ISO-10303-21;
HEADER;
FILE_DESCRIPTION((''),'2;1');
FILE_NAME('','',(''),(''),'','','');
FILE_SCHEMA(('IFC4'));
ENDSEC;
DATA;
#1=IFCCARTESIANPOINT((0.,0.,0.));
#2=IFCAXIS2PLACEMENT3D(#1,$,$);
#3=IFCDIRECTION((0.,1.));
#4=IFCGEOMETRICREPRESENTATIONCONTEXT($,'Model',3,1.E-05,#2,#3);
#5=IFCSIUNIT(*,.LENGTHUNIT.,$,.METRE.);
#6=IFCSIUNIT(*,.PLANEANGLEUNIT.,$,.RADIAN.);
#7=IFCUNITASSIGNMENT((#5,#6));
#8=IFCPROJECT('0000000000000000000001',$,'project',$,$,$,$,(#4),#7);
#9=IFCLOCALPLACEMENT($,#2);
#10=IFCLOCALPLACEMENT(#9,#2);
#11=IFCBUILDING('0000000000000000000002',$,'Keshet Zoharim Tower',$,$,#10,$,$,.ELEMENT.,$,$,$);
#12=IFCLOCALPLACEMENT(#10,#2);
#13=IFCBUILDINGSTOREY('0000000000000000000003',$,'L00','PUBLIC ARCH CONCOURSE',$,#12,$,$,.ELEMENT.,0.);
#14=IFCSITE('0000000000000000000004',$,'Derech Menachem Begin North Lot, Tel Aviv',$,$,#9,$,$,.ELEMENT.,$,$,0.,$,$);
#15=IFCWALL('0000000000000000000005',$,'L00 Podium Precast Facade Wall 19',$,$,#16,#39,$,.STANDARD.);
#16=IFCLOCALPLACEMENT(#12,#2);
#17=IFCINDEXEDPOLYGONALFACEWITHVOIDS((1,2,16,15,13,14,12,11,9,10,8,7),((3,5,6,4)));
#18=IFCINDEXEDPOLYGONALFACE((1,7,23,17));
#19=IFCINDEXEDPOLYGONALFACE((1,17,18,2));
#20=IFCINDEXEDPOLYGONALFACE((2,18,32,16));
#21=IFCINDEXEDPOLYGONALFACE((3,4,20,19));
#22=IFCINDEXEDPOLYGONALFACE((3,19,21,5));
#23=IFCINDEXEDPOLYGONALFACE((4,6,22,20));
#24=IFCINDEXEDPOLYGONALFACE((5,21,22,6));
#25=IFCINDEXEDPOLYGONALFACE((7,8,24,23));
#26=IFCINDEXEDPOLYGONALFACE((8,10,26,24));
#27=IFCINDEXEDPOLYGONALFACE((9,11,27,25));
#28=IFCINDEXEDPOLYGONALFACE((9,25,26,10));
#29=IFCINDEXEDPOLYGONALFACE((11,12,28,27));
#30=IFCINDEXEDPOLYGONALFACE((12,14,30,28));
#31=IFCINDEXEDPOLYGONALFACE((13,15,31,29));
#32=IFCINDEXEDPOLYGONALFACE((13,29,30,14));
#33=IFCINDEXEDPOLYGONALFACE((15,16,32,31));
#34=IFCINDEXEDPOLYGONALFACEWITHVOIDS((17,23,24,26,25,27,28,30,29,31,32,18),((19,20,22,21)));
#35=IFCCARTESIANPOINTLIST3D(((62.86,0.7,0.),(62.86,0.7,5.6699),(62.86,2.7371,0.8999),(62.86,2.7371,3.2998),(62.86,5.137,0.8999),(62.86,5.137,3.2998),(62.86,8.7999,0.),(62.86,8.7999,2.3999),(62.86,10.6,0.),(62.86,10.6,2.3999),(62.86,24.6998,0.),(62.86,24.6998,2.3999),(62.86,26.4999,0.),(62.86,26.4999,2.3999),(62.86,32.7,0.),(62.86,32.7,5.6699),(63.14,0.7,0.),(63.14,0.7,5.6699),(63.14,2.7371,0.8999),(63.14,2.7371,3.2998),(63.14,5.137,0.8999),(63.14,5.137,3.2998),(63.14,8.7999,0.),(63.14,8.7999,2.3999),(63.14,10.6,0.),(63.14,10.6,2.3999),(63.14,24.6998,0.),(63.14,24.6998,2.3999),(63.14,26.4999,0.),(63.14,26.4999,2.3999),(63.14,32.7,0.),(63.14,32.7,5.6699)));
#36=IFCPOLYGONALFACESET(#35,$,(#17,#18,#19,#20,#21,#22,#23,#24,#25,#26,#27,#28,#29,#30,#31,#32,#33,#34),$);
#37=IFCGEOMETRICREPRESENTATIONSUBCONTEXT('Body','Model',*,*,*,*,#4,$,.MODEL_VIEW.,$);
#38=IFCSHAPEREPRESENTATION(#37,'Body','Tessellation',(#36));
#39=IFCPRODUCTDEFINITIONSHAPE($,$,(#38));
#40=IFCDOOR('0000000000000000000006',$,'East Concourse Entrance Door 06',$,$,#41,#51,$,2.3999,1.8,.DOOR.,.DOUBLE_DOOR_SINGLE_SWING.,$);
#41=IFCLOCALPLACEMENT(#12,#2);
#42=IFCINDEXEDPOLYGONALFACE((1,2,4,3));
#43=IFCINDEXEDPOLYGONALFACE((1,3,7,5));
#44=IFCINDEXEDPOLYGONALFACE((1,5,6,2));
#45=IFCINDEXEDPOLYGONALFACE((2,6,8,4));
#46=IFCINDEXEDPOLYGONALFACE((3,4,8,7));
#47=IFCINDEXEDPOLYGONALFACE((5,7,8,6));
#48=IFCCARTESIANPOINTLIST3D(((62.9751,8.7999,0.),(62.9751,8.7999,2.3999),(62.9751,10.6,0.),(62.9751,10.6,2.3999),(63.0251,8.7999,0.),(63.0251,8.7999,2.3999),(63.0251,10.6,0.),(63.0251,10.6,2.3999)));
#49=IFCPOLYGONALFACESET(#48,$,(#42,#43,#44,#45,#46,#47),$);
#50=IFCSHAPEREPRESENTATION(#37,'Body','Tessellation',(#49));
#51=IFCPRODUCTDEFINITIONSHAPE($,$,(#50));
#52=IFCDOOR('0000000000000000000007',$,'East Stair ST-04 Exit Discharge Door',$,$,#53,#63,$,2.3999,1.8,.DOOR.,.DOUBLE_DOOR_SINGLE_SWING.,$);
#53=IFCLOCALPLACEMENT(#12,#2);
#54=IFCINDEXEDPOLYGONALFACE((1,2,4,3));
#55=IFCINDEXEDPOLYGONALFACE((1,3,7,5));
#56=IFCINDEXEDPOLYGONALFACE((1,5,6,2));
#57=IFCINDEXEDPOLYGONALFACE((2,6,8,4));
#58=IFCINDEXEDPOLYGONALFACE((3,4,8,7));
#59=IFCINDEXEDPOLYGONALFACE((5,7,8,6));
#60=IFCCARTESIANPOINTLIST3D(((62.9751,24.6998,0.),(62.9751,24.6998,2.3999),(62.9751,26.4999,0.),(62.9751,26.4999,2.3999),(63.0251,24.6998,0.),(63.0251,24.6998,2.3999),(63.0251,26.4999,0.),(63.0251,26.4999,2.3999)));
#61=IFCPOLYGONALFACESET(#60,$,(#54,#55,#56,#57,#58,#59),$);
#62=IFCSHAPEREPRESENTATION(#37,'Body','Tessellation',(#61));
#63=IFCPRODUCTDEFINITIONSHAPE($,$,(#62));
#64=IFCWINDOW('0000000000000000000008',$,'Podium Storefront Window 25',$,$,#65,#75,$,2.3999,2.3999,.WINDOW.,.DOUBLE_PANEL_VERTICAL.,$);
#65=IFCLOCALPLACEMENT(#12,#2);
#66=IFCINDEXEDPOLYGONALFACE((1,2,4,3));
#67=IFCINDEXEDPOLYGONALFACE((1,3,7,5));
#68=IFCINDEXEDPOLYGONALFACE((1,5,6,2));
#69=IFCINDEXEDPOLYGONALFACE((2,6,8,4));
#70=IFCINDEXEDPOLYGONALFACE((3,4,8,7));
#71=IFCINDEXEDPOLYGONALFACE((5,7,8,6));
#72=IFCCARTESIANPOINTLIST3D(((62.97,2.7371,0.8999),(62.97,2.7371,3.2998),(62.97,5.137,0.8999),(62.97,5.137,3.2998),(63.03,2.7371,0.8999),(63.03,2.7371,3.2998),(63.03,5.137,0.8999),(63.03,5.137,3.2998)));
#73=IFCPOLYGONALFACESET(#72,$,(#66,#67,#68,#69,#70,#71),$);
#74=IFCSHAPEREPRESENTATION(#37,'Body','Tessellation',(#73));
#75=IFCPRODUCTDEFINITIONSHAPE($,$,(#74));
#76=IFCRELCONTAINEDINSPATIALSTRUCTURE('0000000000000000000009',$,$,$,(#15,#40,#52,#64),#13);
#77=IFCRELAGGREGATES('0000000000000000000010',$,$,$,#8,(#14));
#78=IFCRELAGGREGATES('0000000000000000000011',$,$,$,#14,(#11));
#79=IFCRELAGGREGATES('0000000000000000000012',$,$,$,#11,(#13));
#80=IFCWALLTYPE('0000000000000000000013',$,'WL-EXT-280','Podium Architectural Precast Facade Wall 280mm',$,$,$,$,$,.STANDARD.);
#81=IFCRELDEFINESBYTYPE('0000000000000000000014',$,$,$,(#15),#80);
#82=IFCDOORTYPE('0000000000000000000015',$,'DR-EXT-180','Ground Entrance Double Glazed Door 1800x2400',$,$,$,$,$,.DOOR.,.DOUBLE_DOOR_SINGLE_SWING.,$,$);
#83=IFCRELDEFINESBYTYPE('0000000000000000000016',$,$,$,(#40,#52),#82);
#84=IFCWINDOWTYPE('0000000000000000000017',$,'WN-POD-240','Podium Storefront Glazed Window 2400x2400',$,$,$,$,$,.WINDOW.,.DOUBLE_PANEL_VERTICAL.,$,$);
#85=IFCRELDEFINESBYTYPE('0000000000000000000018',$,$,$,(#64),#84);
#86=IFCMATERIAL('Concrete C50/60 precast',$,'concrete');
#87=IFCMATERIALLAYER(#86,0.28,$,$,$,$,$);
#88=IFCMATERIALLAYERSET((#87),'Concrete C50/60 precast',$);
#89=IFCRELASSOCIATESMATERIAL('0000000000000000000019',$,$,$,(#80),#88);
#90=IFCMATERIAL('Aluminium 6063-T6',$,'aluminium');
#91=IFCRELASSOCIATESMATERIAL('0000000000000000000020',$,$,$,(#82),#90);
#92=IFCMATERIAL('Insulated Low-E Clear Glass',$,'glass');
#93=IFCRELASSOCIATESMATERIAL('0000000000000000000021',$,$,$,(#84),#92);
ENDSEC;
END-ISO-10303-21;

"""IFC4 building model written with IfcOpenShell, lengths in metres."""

from ifc_helpers import new_model, si_unit, direction, frame, frame_2d, origin, place, context, subcontext, project, spatial, rectangle, extrude, material, layer, layer_set, type_object, element, fill, save


model = new_model("IFC4")

# Units and contexts
model_context = context("Model", 3, precision=1e-05, world=origin(), true_north=direction((0.0, 1.0)))
body_context = subcontext(model_context, "Body", "Model", "MODEL_VIEW")
ifc_project = project(units=[si_unit("LENGTHUNIT", "METRE"), si_unit("PLANEANGLEUNIT", "RADIAN")], contexts=[model_context])

# Site, building, storey
site_placement = place(None, origin())
site = spatial("IfcSite", under=ifc_project, at=site_placement, Name="Derech Menachem Begin North Lot, Tel Aviv", CompositionType="ELEMENT", RefElevation=0.0)
building_placement = place(site_placement, origin())
building = spatial("IfcBuilding", under=site, at=building_placement, Name="Keshet Zoharim Tower", CompositionType="ELEMENT")
storey_placement = place(building_placement, origin())
storey = spatial("IfcBuildingStorey", under=building, at=storey_placement, Name="L00", Description="PUBLIC ARCH CONCOURSE", CompositionType="ELEMENT", Elevation=0.0)

# Wall, openings, doors, window
ifc_material_1 = material(Name="Concrete C50/60 precast", Category="concrete")
ifc_layer = layer(ifc_material_1, 0.28)
ifc_layer_set = layer_set([ifc_layer], Name="Concrete C50/60 precast")
wall_type = type_object("IfcWallType", Name="WL-EXT-280", Description="Podium Architectural Precast Facade Wall 280mm", PredefinedType="STANDARD", material=ifc_layer_set)
wall_placement = place(storey_placement, frame((63.0, 0.7, 0.0), z_axis=(0.0, 0.0, 1.0), x_axis=(0.0, 1.0, 0.0)))
wall = element("IfcWall", 1, at=wall_placement, inside=storey, type_object=wall_type, Name="L00 Podium Precast Facade Wall 19", PredefinedType="STANDARD", context=body_context, shape_type="SweptSolid", body=[
    extrude(rectangle(XDim=32.0, YDim=0.28, at=frame_2d((16.0, 0.0))), origin(), (0.0, 0.0, 1.0), 5.6699),
])
opening_1_placement = place(wall_placement, frame((8.1001, 0.0, 0.0)))
opening_1 = element("IfcOpeningElement", 2, at=opening_1_placement, cuts=wall, PredefinedType="OPENING", context=body_context, shape_type="SweptSolid", body=[
    extrude(rectangle(XDim=1.8, YDim=2.3999, at=frame_2d((0.8999, 1.2))), frame((0.0, 0.1499, 0.0), z_axis=(0.0, -1.0, 0.0), x_axis=(1.0, 0.0, 0.0)), (0.0, 0.0, 1.0), 0.3),
])
opening_2_placement = place(wall_placement, frame((24.0, 0.0, 0.0)))
opening_2 = element("IfcOpeningElement", 3, at=opening_2_placement, cuts=wall, PredefinedType="OPENING", context=body_context, shape_type="SweptSolid", body=[
    extrude(rectangle(XDim=1.8, YDim=2.3999, at=frame_2d((0.8999, 1.2))), frame((0.0, 0.1499, 0.0), z_axis=(0.0, -1.0, 0.0), x_axis=(1.0, 0.0, 0.0)), (0.0, 0.0, 1.0), 0.3),
])
opening_3_placement = place(wall_placement, frame((2.0371, 0.0, 0.8999)))
opening_3 = element("IfcOpeningElement", 4, at=opening_3_placement, cuts=wall, PredefinedType="OPENING", context=body_context, shape_type="SweptSolid", body=[
    extrude(rectangle(XDim=2.3999, YDim=2.3999, at=frame_2d((1.2, 1.2))), frame((0.0, 0.1499, 0.0), z_axis=(0.0, -1.0, 0.0), x_axis=(1.0, 0.0, 0.0)), (0.0, 0.0, 1.0), 0.3),
])
ifc_material_2 = material(Name="Aluminium 6063-T6", Category="aluminium")
door_type = type_object("IfcDoorType", Name="DR-EXT-180", Description="Ground Entrance Double Glazed Door 1800x2400", OperationType="DOUBLE_DOOR_SINGLE_SWING", PredefinedType="DOOR", material=ifc_material_2)
door_1_placement = place(opening_1_placement, origin())
door_1 = element("IfcDoor", 5, at=door_1_placement, inside=storey, type_object=door_type, Name="East Concourse Entrance Door 06", OperationType="DOUBLE_DOOR_SINGLE_SWING", OverallHeight=2.3999, OverallWidth=1.8, PredefinedType="DOOR", context=body_context, shape_type="SweptSolid", body=[
    extrude(rectangle(XDim=1.8, YDim=2.3999, at=frame_2d((0.8999, 1.2))), frame((0.0, 0.0249, 0.0), z_axis=(0.0, -1.0, 0.0), x_axis=(1.0, 0.0, 0.0)), (0.0, 0.0, 1.0), 0.05),
])
fill(opening_1, door_1)
door_2_placement = place(opening_2_placement, origin())
door_2 = element("IfcDoor", 6, at=door_2_placement, inside=storey, type_object=door_type, Name="East Stair ST-04 Exit Discharge Door", OperationType="DOUBLE_DOOR_SINGLE_SWING", OverallHeight=2.3999, OverallWidth=1.8, PredefinedType="DOOR", context=body_context, shape_type="SweptSolid", body=[
    extrude(rectangle(XDim=1.8, YDim=2.3999, at=frame_2d((0.8999, 1.2))), frame((0.0, 0.0249, 0.0), z_axis=(0.0, -1.0, 0.0), x_axis=(1.0, 0.0, 0.0)), (0.0, 0.0, 1.0), 0.05),
])
fill(opening_2, door_2)
ifc_material_3 = material(Name="Insulated Low-E Clear Glass", Category="glass")
window_type = type_object("IfcWindowType", Name="WN-POD-240", Description="Podium Storefront Glazed Window 2400x2400", PartitioningType="DOUBLE_PANEL_VERTICAL", PredefinedType="WINDOW", material=ifc_material_3)
window_placement = place(opening_3_placement, origin())
window = element("IfcWindow", 7, at=window_placement, inside=storey, type_object=window_type, Name="Podium Storefront Window 25", OverallHeight=2.3999, OverallWidth=2.3999, PartitioningType="DOUBLE_PANEL_VERTICAL", PredefinedType="WINDOW", context=body_context, shape_type="SweptSolid", body=[
    extrude(rectangle(XDim=2.3999, YDim=2.3999, at=frame_2d((1.2, 1.2))), frame((0.0, 0.03, 0.0), z_axis=(0.0, -1.0, 0.0), x_axis=(1.0, 0.0, 0.0)), (0.0, 0.0, 1.0), 0.0601),
])
fill(opening_3, window)

save(model, "model.ifc")
